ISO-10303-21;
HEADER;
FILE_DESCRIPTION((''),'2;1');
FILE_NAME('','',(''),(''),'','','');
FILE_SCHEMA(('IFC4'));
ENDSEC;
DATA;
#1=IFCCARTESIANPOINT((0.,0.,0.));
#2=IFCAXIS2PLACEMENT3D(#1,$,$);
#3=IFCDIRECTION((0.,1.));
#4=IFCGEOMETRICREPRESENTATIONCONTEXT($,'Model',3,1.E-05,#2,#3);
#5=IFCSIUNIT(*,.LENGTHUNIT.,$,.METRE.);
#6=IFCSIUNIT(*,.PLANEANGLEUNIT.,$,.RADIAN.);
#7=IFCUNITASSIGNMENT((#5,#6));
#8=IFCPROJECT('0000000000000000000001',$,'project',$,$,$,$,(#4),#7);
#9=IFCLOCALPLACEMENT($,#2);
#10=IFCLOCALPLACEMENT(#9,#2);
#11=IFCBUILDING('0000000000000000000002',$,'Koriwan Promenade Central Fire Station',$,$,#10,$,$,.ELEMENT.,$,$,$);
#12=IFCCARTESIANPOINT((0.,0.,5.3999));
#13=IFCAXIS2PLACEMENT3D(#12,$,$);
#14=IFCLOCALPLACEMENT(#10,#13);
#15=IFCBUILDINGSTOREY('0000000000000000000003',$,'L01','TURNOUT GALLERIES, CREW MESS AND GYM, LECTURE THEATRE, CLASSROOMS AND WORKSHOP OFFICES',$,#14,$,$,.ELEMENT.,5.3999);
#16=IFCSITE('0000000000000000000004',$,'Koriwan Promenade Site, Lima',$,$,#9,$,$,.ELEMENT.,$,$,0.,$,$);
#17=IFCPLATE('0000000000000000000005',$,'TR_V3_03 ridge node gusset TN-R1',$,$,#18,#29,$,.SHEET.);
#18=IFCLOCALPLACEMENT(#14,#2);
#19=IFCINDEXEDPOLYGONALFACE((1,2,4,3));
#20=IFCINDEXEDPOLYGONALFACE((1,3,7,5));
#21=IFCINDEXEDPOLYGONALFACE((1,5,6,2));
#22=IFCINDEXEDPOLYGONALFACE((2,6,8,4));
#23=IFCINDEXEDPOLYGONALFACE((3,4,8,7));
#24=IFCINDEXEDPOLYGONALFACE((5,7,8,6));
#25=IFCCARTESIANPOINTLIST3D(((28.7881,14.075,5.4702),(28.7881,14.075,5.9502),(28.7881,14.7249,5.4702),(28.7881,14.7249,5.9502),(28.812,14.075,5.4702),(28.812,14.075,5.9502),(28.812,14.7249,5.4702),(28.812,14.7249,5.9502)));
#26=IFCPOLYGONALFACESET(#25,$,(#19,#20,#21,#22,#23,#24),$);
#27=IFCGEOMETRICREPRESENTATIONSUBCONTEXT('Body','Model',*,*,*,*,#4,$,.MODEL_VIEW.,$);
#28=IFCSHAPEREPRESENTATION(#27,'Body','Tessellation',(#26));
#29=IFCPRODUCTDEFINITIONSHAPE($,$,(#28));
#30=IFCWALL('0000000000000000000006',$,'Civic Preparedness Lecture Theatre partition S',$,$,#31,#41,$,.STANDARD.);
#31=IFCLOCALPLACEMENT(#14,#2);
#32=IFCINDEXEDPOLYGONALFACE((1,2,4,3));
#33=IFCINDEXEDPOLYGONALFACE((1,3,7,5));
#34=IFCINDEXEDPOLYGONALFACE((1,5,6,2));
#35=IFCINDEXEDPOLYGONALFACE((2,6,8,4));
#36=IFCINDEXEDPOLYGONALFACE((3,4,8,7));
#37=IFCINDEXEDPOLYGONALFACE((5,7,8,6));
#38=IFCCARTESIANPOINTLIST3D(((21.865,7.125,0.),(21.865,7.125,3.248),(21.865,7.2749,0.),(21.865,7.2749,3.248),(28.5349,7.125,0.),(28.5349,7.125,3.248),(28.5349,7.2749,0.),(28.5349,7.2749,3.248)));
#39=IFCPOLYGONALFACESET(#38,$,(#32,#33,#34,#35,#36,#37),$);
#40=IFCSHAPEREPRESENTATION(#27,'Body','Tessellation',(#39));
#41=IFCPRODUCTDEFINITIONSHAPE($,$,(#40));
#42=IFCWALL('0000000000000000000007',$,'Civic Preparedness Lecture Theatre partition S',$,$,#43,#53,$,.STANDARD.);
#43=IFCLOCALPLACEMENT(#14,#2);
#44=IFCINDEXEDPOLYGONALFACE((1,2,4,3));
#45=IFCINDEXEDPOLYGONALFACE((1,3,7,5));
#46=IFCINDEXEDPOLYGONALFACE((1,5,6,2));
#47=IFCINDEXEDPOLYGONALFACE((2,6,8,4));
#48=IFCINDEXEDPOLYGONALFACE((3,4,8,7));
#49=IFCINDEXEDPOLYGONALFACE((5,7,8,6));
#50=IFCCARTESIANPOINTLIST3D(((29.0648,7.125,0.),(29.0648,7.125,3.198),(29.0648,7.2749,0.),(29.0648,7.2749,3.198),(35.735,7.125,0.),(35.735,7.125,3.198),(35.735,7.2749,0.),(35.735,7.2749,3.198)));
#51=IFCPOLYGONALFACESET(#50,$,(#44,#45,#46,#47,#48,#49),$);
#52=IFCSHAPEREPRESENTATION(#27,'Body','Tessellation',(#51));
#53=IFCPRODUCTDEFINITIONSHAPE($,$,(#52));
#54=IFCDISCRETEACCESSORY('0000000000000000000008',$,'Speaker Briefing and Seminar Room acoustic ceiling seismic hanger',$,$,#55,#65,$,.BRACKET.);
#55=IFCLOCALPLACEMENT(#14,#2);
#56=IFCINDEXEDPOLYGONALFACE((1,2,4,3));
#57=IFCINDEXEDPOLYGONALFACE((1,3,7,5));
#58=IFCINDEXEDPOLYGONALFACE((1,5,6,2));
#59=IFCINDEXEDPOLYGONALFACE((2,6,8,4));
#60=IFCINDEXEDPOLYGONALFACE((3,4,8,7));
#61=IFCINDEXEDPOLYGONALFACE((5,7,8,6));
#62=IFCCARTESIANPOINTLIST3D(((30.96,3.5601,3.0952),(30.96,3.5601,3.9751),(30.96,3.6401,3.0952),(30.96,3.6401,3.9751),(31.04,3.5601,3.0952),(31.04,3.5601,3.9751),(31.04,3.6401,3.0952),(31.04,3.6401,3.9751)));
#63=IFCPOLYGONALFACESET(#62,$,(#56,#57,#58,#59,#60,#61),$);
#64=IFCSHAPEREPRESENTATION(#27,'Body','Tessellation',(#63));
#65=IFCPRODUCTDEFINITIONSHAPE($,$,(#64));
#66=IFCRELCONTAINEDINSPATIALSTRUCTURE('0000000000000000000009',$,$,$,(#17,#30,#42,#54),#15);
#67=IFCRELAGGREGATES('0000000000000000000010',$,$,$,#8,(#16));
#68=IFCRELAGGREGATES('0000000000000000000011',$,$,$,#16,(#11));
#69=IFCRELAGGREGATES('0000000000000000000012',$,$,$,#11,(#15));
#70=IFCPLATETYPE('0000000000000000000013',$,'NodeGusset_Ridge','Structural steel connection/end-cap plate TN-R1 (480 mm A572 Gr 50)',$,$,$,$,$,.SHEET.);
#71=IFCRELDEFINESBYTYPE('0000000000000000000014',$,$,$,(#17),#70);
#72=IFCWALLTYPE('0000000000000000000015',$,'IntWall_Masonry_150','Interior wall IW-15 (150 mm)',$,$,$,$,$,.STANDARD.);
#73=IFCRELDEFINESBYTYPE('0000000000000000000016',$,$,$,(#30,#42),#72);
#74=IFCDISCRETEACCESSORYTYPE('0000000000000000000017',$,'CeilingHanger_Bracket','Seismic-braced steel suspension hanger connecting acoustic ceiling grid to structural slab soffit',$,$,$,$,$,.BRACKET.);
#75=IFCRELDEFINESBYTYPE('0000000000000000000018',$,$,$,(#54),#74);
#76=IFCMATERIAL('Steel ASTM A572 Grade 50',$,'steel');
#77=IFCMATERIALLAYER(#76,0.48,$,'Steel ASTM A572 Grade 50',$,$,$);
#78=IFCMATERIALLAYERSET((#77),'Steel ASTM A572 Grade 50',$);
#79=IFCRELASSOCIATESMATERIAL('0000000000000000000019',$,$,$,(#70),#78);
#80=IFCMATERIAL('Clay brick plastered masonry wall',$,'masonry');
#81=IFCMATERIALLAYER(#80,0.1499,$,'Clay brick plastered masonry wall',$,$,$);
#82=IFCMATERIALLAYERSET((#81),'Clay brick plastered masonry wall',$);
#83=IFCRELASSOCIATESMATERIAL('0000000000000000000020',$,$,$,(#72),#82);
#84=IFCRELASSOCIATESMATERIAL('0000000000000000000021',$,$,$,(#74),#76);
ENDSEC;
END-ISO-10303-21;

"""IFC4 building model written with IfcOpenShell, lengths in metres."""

from ifc_helpers import new_model, si_unit, direction, frame, frame_2d, origin, origin_2d, place, context, subcontext, project, spatial, rectangle, extrude, material, layer, layer_set, type_object, element, save


model = new_model("IFC4")

# Units and contexts
model_context = context("Model", 3, precision=1e-05, world=origin(), true_north=direction((0.0, 1.0)))
body_context = subcontext(model_context, "Body", "Model", "MODEL_VIEW")
ifc_project = project(units=[si_unit("LENGTHUNIT", "METRE"), si_unit("PLANEANGLEUNIT", "RADIAN")], contexts=[model_context])

# Site, building, storey
site_placement = place(None, origin())
site = spatial("IfcSite", under=ifc_project, at=site_placement, Name="Koriwan Promenade Site, Lima", CompositionType="ELEMENT", RefElevation=0.0)
building_placement = place(site_placement, origin())
building = spatial("IfcBuilding", under=site, at=building_placement, Name="Koriwan Promenade Central Fire Station", CompositionType="ELEMENT")
storey_placement = place(building_placement, frame((0.0, 0.0, 5.3999)))
storey = spatial("IfcBuildingStorey", under=building, at=storey_placement, Name="L01", Description="TURNOUT GALLERIES, CREW MESS AND GYM, LECTURE THEATRE, CLASSROOMS AND WORKSHOP OFFICES", CompositionType="ELEMENT", Elevation=5.3999)

# Plate
ifc_material_1 = material(Name="Steel ASTM A572 Grade 50", Category="steel")
ifc_layer_1 = layer(ifc_material_1, 0.48, Name="Steel ASTM A572 Grade 50")
ifc_layer_set_1 = layer_set([ifc_layer_1], Name="Steel ASTM A572 Grade 50")
plate_type_1 = type_object("IfcPlateType", Name="NodeGusset_Ridge", Description="Structural steel connection/end-cap plate TN-R1 (480 mm A572 Gr 50)", PredefinedType="SHEET", material=ifc_layer_set_1)
plate_1_placement = place(storey_placement, frame((28.8, 14.3999, 5.4702), z_axis=(0.0, 0.0, 1.0), x_axis=(1.0, 0.0, 0.0)))
element("IfcPlate", 1, at=plate_1_placement, inside=storey, type_object=plate_type_1, Name="TR_V3_03 ridge node gusset TN-R1", PredefinedType="SHEET", context=body_context, shape_type="SweptSolid", body=[
    extrude(rectangle(XDim=0.0239, YDim=0.6499, at=origin_2d()), origin(), (0.0, 0.0, 1.0), 0.48),
])

# Walls
ifc_material_2 = material(Name="Clay brick plastered masonry wall", Category="masonry")
ifc_layer_2 = layer(ifc_material_2, 0.1499, Name="Clay brick plastered masonry wall")
ifc_layer_set_2 = layer_set([ifc_layer_2], Name="Clay brick plastered masonry wall")
wall_type = type_object("IfcWallType", Name="IntWall_Masonry_150", Description="Interior wall IW-15 (150 mm)", PredefinedType="STANDARD", material=ifc_layer_set_2)
wall_1_placement = place(storey_placement, frame((21.865, 7.2, 0.0), z_axis=(0.0, 0.0, 1.0), x_axis=(1.0, 0.0, 0.0)))
element("IfcWall", 2, at=wall_1_placement, inside=storey, type_object=wall_type, Name="Civic Preparedness Lecture Theatre partition S", PredefinedType="STANDARD", context=body_context, shape_type="SweptSolid", body=[
    extrude(rectangle(XDim=6.6699, YDim=0.1499, at=frame_2d((3.335, 0.0))), origin(), (0.0, 0.0, 1.0), 3.248),
])
wall_2_placement = place(storey_placement, frame((29.0649, 7.2, 0.0), z_axis=(0.0, 0.0, 1.0), x_axis=(1.0, 0.0, 0.0)))
element("IfcWall", 3, at=wall_2_placement, inside=storey, type_object=wall_type, Name="Civic Preparedness Lecture Theatre partition S", PredefinedType="STANDARD", context=body_context, shape_type="SweptSolid", body=[
    extrude(rectangle(XDim=6.6702, YDim=0.1499, at=frame_2d((3.335, 0.0))), origin(), (0.0, 0.0, 1.0), 3.198),
])

# Discrete accessory
discrete_accessory_type = type_object("IfcDiscreteAccessoryType", Name="CeilingHanger_Bracket", Description="Seismic-braced steel suspension hanger connecting acoustic ceiling grid to structural slab soffit", PredefinedType="BRACKET", material=ifc_material_1)
discrete_accessory_placement = place(storey_placement, frame((31.0, 3.6001, 3.0952), z_axis=(0.0, 0.0, 1.0), x_axis=(1.0, 0.0, 0.0)))
element("IfcDiscreteAccessory", 4, at=discrete_accessory_placement, inside=storey, type_object=discrete_accessory_type, Name="Speaker Briefing and Seminar Room acoustic ceiling seismic hanger", PredefinedType="BRACKET", context=body_context, shape_type="SweptSolid", body=[
    extrude(rectangle(XDim=0.0801, YDim=0.0801, at=origin_2d()), origin(), (0.0, 0.0, 1.0), 0.8799),
])

save(model, "model.ifc")
